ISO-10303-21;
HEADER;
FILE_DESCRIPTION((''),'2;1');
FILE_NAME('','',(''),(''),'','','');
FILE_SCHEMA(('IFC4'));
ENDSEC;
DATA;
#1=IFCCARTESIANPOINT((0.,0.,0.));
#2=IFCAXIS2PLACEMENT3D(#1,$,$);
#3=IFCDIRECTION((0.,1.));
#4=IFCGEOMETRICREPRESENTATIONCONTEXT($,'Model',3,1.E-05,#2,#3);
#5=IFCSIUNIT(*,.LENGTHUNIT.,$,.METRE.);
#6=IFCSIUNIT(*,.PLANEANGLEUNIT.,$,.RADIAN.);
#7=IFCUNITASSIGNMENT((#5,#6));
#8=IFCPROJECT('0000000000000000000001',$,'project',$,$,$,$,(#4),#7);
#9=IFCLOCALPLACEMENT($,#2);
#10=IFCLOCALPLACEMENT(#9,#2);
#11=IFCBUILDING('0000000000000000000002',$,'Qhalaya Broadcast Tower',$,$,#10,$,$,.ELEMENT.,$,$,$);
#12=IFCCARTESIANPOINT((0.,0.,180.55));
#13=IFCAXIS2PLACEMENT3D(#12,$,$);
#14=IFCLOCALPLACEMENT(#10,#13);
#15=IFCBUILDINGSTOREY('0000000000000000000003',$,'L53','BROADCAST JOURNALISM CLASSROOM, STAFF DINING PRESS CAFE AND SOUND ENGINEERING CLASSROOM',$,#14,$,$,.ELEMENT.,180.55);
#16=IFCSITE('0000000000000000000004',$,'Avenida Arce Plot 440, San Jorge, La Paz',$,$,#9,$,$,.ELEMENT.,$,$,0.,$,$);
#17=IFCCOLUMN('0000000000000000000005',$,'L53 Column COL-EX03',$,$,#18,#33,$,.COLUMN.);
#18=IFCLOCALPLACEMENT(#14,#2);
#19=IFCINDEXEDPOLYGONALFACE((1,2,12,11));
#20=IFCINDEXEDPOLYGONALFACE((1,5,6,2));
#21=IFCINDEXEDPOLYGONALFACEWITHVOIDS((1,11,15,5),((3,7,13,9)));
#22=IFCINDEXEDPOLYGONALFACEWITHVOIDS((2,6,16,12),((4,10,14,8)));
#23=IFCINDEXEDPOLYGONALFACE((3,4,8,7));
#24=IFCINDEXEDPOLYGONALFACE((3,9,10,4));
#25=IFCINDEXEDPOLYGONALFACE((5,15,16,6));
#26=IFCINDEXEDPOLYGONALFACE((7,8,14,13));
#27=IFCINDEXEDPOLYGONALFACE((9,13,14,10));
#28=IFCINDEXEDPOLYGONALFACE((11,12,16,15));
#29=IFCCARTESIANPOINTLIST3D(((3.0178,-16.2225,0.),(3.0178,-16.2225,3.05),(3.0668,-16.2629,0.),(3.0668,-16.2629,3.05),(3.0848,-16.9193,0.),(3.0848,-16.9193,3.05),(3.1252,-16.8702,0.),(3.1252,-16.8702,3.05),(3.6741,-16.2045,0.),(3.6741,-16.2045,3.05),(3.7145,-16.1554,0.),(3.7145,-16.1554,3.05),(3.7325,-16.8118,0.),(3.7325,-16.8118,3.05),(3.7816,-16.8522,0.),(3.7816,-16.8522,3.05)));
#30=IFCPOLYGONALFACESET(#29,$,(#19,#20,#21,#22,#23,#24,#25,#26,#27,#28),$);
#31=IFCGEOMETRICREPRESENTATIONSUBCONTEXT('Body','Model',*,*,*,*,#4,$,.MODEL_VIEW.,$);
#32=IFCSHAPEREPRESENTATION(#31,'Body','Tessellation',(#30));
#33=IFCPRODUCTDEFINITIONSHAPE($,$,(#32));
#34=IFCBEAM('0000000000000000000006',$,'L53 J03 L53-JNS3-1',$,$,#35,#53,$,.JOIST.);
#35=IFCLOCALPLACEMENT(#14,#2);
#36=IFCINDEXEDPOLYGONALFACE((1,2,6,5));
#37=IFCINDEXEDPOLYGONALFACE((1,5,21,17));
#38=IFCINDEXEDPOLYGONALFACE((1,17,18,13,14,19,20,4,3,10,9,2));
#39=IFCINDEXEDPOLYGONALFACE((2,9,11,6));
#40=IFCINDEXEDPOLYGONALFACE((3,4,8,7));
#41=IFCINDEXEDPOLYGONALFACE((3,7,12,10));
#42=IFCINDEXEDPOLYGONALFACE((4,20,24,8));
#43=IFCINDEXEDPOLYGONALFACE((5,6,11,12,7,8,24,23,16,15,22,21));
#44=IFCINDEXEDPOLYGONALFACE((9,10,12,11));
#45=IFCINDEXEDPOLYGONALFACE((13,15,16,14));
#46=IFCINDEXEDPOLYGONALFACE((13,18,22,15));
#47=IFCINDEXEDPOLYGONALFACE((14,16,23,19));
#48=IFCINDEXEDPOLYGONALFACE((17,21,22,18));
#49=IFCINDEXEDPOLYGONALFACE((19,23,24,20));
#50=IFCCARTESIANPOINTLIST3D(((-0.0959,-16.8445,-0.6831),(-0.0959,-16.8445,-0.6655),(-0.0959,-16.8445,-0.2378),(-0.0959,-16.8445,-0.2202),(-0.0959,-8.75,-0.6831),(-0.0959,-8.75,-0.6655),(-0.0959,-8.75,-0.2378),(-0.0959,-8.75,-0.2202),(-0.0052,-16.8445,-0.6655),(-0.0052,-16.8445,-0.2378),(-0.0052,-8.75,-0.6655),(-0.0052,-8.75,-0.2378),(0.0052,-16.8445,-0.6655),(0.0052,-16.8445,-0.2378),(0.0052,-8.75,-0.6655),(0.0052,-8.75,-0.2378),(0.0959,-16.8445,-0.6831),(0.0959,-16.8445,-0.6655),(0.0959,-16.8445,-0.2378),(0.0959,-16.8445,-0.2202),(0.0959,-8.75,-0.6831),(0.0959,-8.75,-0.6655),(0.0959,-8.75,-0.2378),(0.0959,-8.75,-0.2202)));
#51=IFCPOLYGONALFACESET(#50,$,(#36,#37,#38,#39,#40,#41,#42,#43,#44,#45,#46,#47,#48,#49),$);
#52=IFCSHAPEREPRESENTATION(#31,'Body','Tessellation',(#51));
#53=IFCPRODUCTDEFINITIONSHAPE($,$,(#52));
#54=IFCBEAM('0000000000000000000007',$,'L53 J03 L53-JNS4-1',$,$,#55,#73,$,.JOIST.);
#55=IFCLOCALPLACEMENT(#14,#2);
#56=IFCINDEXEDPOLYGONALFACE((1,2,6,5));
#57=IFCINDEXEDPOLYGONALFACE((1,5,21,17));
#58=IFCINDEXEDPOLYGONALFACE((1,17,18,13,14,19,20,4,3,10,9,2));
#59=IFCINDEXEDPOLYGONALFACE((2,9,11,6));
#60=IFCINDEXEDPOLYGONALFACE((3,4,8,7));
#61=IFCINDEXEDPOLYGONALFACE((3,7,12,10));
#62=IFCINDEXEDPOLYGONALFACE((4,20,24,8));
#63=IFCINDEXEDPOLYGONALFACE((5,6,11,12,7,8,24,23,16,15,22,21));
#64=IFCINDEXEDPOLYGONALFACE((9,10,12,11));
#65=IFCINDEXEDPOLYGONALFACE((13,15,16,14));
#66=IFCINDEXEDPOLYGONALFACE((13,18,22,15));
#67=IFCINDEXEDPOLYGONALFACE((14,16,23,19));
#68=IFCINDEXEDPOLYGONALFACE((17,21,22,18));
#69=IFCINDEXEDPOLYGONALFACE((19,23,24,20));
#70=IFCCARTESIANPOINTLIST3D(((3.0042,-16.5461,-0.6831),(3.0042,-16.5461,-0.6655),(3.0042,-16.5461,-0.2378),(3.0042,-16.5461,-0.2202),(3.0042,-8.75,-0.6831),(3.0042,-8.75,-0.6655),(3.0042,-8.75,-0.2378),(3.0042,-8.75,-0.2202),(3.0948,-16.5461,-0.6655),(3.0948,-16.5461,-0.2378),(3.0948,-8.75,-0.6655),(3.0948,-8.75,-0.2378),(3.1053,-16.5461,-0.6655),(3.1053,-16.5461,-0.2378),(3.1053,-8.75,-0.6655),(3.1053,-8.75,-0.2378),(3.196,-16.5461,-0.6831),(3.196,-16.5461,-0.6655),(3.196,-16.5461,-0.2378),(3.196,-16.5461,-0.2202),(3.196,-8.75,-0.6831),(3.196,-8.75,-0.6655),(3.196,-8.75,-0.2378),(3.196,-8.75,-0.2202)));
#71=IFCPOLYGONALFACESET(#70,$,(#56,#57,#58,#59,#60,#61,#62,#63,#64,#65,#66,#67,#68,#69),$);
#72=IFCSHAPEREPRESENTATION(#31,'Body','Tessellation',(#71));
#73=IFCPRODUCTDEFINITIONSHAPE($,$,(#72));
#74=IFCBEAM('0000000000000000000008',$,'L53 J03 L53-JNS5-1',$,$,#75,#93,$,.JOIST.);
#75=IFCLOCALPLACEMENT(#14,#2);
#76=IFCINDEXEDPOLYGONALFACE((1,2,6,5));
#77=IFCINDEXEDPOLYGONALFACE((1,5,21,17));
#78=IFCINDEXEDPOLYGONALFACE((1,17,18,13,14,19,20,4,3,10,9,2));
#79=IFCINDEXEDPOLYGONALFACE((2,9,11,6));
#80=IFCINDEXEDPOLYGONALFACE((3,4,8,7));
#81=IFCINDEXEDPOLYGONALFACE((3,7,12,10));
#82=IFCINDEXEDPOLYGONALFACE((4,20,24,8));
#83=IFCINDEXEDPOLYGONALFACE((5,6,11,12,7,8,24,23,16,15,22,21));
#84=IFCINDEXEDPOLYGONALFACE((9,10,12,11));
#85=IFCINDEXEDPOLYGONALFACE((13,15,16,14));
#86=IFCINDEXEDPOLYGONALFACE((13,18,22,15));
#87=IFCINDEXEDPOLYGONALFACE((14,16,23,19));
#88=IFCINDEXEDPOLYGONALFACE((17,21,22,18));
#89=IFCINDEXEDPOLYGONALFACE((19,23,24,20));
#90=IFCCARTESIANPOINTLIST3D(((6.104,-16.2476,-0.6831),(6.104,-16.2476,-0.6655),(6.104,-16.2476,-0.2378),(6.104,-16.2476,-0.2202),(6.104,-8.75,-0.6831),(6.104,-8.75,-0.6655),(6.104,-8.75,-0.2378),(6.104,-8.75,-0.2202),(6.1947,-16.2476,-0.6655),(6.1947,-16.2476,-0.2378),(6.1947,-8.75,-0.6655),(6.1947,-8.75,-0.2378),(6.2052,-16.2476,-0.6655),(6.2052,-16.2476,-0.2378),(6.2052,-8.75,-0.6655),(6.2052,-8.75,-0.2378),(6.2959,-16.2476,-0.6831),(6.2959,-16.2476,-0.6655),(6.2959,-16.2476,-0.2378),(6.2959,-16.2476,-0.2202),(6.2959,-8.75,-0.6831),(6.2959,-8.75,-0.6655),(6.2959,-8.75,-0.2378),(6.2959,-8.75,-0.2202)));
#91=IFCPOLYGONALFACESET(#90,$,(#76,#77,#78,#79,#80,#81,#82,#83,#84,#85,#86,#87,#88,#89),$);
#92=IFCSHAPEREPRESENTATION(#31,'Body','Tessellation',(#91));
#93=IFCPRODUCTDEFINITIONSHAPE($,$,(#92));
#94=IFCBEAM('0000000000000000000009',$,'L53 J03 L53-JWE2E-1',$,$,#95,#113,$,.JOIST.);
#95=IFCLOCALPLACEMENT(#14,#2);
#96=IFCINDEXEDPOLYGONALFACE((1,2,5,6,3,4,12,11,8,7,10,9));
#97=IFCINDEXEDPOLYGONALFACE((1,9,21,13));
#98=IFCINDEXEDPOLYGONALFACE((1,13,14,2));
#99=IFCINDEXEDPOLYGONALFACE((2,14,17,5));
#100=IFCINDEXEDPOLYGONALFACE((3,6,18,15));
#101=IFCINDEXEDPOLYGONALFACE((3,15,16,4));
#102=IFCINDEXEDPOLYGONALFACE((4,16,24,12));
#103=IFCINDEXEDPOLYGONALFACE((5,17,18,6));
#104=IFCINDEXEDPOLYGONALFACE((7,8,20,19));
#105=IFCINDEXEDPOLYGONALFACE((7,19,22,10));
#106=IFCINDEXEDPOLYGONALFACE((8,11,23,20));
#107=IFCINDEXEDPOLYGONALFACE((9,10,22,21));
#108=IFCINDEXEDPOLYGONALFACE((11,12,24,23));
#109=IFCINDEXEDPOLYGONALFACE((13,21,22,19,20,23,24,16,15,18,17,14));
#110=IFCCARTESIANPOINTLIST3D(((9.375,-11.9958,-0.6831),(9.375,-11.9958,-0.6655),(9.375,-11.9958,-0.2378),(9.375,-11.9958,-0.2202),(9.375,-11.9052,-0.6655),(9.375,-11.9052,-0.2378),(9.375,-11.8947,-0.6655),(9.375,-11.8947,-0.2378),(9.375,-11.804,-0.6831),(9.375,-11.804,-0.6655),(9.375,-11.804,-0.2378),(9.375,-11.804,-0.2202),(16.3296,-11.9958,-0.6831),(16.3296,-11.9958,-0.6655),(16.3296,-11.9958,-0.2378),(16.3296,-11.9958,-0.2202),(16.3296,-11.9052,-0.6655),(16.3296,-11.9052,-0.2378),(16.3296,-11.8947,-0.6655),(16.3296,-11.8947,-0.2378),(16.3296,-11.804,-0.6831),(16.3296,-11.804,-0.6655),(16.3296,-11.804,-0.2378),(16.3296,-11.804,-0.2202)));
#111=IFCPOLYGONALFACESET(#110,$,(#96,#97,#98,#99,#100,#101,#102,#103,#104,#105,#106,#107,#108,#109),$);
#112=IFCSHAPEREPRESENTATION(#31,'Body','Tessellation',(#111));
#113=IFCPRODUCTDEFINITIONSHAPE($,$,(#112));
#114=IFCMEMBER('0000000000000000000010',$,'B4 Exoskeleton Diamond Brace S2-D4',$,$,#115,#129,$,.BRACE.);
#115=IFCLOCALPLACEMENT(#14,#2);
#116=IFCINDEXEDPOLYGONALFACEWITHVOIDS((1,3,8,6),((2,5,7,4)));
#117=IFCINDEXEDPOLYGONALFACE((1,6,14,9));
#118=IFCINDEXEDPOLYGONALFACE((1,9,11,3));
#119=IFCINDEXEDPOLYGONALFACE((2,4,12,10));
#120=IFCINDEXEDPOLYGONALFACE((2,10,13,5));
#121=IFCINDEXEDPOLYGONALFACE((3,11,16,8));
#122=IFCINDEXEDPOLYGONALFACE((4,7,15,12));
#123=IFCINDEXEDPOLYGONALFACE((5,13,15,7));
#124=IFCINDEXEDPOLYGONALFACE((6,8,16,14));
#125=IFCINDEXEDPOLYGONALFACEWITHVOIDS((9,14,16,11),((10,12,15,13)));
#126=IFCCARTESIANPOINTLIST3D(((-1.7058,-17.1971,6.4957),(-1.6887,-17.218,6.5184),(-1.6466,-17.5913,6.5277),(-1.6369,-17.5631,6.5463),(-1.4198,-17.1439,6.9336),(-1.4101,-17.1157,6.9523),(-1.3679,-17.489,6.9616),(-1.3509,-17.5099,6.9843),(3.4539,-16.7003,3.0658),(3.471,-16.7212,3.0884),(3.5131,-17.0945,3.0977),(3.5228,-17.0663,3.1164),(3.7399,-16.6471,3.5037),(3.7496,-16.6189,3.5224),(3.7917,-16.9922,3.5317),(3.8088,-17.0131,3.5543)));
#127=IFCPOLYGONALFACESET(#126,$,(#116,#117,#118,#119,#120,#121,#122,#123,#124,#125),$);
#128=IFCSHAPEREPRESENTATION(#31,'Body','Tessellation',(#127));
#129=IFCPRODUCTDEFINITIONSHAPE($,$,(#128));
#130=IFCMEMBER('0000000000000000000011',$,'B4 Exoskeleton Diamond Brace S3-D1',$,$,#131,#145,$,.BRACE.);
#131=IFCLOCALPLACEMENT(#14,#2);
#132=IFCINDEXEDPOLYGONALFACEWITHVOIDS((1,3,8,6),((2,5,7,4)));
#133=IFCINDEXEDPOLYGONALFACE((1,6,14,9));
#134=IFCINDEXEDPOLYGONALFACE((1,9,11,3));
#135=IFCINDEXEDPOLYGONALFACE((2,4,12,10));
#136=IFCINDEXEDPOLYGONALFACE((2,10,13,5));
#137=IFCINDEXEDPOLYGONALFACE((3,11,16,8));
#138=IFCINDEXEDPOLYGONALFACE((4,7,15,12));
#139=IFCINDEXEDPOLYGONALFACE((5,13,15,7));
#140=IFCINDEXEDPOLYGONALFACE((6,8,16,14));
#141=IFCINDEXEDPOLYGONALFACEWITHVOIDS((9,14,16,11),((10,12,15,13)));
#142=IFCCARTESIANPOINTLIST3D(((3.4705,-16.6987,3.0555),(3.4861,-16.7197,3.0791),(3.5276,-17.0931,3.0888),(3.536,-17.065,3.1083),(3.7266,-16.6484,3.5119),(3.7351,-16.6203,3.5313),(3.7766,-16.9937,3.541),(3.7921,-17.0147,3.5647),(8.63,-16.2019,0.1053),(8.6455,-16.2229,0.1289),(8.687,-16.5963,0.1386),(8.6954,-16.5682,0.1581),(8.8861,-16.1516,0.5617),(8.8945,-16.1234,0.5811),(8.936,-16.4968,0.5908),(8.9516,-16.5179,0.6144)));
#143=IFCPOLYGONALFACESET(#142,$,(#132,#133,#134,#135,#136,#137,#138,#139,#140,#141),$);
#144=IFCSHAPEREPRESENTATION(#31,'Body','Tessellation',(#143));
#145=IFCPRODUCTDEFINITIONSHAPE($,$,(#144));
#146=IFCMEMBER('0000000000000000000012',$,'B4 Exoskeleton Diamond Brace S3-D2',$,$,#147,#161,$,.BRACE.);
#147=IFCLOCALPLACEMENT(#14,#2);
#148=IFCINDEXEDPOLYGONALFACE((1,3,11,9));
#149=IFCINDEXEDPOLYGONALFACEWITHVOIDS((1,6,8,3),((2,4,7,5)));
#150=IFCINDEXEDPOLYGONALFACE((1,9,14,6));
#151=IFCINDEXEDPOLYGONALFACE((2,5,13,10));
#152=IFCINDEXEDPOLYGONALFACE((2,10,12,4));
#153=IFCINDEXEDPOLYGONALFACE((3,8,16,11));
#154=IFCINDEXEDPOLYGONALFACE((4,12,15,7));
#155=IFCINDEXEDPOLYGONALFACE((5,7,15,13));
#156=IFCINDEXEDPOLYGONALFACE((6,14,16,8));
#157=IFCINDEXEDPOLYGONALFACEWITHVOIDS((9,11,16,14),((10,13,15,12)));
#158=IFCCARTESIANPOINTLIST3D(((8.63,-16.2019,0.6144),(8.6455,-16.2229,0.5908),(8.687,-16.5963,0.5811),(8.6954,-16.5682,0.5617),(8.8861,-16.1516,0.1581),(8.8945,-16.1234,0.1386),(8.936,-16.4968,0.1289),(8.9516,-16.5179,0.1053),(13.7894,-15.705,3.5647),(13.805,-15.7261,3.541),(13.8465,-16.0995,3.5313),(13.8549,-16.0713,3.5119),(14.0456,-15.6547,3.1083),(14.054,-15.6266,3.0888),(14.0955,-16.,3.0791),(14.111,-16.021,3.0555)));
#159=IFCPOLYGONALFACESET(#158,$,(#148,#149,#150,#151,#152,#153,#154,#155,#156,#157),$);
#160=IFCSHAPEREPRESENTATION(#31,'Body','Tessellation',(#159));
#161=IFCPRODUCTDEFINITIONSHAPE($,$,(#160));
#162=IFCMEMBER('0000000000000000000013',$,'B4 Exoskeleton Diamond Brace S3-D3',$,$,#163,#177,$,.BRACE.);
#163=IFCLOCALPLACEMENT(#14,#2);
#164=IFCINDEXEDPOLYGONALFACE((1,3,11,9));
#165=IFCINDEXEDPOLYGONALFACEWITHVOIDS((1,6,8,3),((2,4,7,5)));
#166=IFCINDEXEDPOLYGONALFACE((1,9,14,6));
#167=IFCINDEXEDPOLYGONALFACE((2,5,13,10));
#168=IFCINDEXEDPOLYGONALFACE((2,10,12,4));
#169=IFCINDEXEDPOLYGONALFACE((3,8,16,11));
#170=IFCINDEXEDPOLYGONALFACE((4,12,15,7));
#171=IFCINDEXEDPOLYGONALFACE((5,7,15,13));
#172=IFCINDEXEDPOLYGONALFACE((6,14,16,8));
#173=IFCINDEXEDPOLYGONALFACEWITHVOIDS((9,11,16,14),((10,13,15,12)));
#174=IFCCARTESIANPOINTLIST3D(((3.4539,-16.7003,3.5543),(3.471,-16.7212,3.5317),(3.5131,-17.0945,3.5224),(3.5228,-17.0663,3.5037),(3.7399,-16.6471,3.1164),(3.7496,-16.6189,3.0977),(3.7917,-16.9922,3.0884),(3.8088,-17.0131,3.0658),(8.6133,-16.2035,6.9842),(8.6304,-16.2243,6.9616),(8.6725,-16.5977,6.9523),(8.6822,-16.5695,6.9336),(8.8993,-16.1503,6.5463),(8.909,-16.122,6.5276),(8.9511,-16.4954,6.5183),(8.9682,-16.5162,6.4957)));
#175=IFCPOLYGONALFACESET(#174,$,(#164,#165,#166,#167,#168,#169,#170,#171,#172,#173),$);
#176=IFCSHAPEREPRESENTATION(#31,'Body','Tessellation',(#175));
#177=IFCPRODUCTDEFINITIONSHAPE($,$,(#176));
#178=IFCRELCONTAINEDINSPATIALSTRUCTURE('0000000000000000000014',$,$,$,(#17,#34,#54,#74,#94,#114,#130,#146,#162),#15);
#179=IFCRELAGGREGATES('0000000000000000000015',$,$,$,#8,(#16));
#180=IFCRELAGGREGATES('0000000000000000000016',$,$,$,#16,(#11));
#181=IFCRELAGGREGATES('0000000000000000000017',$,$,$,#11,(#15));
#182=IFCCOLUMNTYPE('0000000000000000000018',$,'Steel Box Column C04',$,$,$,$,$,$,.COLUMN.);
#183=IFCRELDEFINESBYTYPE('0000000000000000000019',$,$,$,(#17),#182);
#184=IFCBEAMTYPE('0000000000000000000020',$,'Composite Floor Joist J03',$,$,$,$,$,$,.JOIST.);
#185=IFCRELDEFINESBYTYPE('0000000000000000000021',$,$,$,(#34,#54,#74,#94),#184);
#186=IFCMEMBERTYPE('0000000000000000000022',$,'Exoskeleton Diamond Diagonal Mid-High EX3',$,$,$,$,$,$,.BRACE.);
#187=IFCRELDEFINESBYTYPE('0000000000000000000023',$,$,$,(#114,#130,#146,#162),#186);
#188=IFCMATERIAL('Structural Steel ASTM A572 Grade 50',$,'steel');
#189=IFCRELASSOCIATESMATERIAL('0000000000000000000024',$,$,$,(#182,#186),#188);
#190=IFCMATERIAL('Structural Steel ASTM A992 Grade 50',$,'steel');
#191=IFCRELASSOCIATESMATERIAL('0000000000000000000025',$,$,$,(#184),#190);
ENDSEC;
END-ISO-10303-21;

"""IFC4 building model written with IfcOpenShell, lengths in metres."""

from ifc_helpers import new_model, si_unit, direction, frame, origin, origin_2d, place, context, subcontext, project, spatial, hollow_rectangle, i_section, extrude, material, material_profile, profile_set, type_object, element, save


model = new_model("IFC4")

# Units and contexts
model_context = context("Model", 3, precision=1e-05, world=origin(), true_north=direction((0.0, 1.0)))
body_context = subcontext(model_context, "Body", "Model", "MODEL_VIEW")
ifc_project = project(units=[si_unit("LENGTHUNIT", "METRE"), si_unit("PLANEANGLEUNIT", "RADIAN")], contexts=[model_context])

# Site, building, storey
site_placement = place(None, origin())
site = spatial("IfcSite", under=ifc_project, at=site_placement, Name="Avenida Arce Plot 440, San Jorge, La Paz", CompositionType="ELEMENT", RefElevation=0.0)
building_placement = place(site_placement, origin())
building = spatial("IfcBuilding", under=site, at=building_placement, Name="Qhalaya Broadcast Tower", CompositionType="ELEMENT")
storey_placement = place(building_placement, frame((0.0, 0.0, 180.55)))
storey = spatial("IfcBuildingStorey", under=building, at=storey_placement, Name="L53", Description="BROADCAST JOURNALISM CLASSROOM, STAFF DINING PRESS CAFE AND SOUND ENGINEERING CLASSROOM", CompositionType="ELEMENT", Elevation=180.55)

# Column
ifc_material_1 = material(Name="Structural Steel ASTM A572 Grade 50", Category="steel")
ifc_material_profile_1 = material_profile(ifc_material_1, hollow_rectangle(XDim=0.7, YDim=0.7, WallThickness=0.0449, at=origin_2d()), Name="BOX 700x700x45")
ifc_profile_set_1 = profile_set([ifc_material_profile_1], Name="Structural Steel ASTM A572 Grade 50")
column_type = type_object("IfcColumnType", Name="Steel Box Column C04", PredefinedType="COLUMN", material=ifc_profile_set_1)
column_placement = place(storey_placement, frame((3.3997, -16.5374, 0.0), z_axis=(0.0, 0.0, 1.0), x_axis=(0.995396, 0.095846, 0.0)))
element("IfcColumn", 1, at=column_placement, inside=storey, type_object=column_type, Name="L53 Column COL-EX03", PredefinedType="COLUMN", context=body_context, shape_type="SweptSolid", body=[
    extrude(hollow_rectangle(XDim=0.7, YDim=0.7, WallThickness=0.0449, at=origin_2d()), origin(), (0.0, 0.0, 1.0), 3.05),
])

# Beams
ifc_material_2 = material(Name="Structural Steel ASTM A992 Grade 50", Category="steel")
ifc_material_profile_2 = material_profile(ifc_material_2, i_section(OverallWidth=0.1919, OverallDepth=0.4629, WebThickness=0.0105, FlangeThickness=0.0176, at=origin_2d()), Name="W18X60")
ifc_profile_set_2 = profile_set([ifc_material_profile_2], Name="Structural Steel ASTM A992 Grade 50")
beam_type_1 = type_object("IfcBeamType", Name="Composite Floor Joist J03", PredefinedType="JOIST", material=ifc_profile_set_2)
beam_1_placement = place(storey_placement, frame((0.0, -16.8445, -0.4517), z_axis=(0.0, 1.0, 0.0), x_axis=(-1.0, 0.0, 0.0)))
element("IfcBeam", 2, at=beam_1_placement, inside=storey, type_object=beam_type_1, Name="L53 J03 L53-JNS3-1", PredefinedType="JOIST", context=body_context, shape_type="SweptSolid", body=[
    extrude(i_section(OverallWidth=0.1919, OverallDepth=0.4629, WebThickness=0.0105, FlangeThickness=0.0176, at=origin_2d()), origin(), (0.0, 0.0, 1.0), 8.0945),
])
beam_2_placement = place(storey_placement, frame((3.1001, -16.5461, -0.4517), z_axis=(0.0, 1.0, 0.0), x_axis=(-1.0, 0.0, 0.0)))
element("IfcBeam", 3, at=beam_2_placement, inside=storey, type_object=beam_type_1, Name="L53 J03 L53-JNS4-1", PredefinedType="JOIST", context=body_context, shape_type="SweptSolid", body=[
    extrude(i_section(OverallWidth=0.1919, OverallDepth=0.4629, WebThickness=0.0105, FlangeThickness=0.0176, at=origin_2d()), origin(), (0.0, 0.0, 1.0), 7.7961),
])
beam_3_placement = place(storey_placement, frame((6.2, -16.2476, -0.4517), z_axis=(0.0, 1.0, 0.0), x_axis=(-1.0, 0.0, 0.0)))
element("IfcBeam", 4, at=beam_3_placement, inside=storey, type_object=beam_type_1, Name="L53 J03 L53-JNS5-1", PredefinedType="JOIST", context=body_context, shape_type="SweptSolid", body=[
    extrude(i_section(OverallWidth=0.1919, OverallDepth=0.4629, WebThickness=0.0105, FlangeThickness=0.0176, at=origin_2d()), origin(), (0.0, 0.0, 1.0), 7.4976),
])
beam_4_placement = place(storey_placement, frame((9.375, -11.8999, -0.4517), z_axis=(1.0, 0.0, 0.0), x_axis=(0.0, 1.0, 0.0)))
element("IfcBeam", 5, at=beam_4_placement, inside=storey, type_object=beam_type_1, Name="L53 J03 L53-JWE2E-1", PredefinedType="JOIST", context=body_context, shape_type="SweptSolid", body=[
    extrude(i_section(OverallWidth=0.1919, OverallDepth=0.4629, WebThickness=0.0105, FlangeThickness=0.0176, at=origin_2d()), origin(), (0.0, 0.0, 1.0), 6.9546),
])

# Members
ifc_material_profile_3 = material_profile(ifc_material_1, hollow_rectangle(XDim=0.3999, YDim=0.55, WallThickness=0.0249, at=origin_2d()), Name="BOX 400x550x25")
ifc_profile_set_3 = profile_set([ifc_material_profile_3], Name="Structural Steel ASTM A572 Grade 50")
member_type = type_object("IfcMemberType", Name="Exoskeleton Diamond Diagonal Mid-High EX3", PredefinedType="BRACE", material=ifc_profile_set_3)
member_1_placement = place(storey_placement, frame((3.6313, -16.8567, 3.3101), z_axis=(-0.830118, -0.079932, 0.551828), x_axis=(0.148053, -0.985744, 0.079931)))
element("IfcMember", 6, at=member_1_placement, inside=storey, type_object=member_type, Name="B4 Exoskeleton Diamond Brace S2-D4", PredefinedType="BRACE", context=body_context, shape_type="SweptSolid", body=[
    extrude(hollow_rectangle(XDim=0.3999, YDim=0.55, WallThickness=0.0249, at=origin_2d()), origin(), (0.0, 0.0, 1.0), 6.2156),
])
for number, where, z_axis, x_axis, name in (
    (7, (8.7908, -16.3599, 0.3599), (-0.865084, -0.083303, 0.494661), (0.142603, -0.986269, 0.083298), "B4 Exoskeleton Diamond Brace S3-D1"),
    (8, (8.7908, -16.3599, 0.3599), (0.865084, 0.083303, 0.494661), (-0.142603, 0.986269, 0.083298), "B4 Exoskeleton Diamond Brace S3-D2"),
):
    element("IfcMember", number, at=place(storey_placement, frame(where, z_axis=z_axis, x_axis=x_axis)), inside=storey, type_object=member_type, Name=name, PredefinedType="BRACE", context=body_context, shape_type="SweptSolid", body=[
        extrude(hollow_rectangle(XDim=0.3999, YDim=0.55, WallThickness=0.0249, at=origin_2d()), origin(), (0.0, 0.0, 1.0), 5.9641),
    ])
member_2_placement = place(storey_placement, frame((3.6313, -16.8567, 3.3101), z_axis=(0.830106, 0.079935, 0.551846), x_axis=(-0.148059, 0.985743, 0.07993)))
element("IfcMember", 9, at=member_2_placement, inside=storey, type_object=member_type, Name="B4 Exoskeleton Diamond Brace S3-D3", PredefinedType="BRACE", context=body_context, shape_type="SweptSolid", body=[
    extrude(hollow_rectangle(XDim=0.3999, YDim=0.55, WallThickness=0.0249, at=origin_2d()), origin(), (0.0, 0.0, 1.0), 6.2153),
])

save(model, "model.ifc")
